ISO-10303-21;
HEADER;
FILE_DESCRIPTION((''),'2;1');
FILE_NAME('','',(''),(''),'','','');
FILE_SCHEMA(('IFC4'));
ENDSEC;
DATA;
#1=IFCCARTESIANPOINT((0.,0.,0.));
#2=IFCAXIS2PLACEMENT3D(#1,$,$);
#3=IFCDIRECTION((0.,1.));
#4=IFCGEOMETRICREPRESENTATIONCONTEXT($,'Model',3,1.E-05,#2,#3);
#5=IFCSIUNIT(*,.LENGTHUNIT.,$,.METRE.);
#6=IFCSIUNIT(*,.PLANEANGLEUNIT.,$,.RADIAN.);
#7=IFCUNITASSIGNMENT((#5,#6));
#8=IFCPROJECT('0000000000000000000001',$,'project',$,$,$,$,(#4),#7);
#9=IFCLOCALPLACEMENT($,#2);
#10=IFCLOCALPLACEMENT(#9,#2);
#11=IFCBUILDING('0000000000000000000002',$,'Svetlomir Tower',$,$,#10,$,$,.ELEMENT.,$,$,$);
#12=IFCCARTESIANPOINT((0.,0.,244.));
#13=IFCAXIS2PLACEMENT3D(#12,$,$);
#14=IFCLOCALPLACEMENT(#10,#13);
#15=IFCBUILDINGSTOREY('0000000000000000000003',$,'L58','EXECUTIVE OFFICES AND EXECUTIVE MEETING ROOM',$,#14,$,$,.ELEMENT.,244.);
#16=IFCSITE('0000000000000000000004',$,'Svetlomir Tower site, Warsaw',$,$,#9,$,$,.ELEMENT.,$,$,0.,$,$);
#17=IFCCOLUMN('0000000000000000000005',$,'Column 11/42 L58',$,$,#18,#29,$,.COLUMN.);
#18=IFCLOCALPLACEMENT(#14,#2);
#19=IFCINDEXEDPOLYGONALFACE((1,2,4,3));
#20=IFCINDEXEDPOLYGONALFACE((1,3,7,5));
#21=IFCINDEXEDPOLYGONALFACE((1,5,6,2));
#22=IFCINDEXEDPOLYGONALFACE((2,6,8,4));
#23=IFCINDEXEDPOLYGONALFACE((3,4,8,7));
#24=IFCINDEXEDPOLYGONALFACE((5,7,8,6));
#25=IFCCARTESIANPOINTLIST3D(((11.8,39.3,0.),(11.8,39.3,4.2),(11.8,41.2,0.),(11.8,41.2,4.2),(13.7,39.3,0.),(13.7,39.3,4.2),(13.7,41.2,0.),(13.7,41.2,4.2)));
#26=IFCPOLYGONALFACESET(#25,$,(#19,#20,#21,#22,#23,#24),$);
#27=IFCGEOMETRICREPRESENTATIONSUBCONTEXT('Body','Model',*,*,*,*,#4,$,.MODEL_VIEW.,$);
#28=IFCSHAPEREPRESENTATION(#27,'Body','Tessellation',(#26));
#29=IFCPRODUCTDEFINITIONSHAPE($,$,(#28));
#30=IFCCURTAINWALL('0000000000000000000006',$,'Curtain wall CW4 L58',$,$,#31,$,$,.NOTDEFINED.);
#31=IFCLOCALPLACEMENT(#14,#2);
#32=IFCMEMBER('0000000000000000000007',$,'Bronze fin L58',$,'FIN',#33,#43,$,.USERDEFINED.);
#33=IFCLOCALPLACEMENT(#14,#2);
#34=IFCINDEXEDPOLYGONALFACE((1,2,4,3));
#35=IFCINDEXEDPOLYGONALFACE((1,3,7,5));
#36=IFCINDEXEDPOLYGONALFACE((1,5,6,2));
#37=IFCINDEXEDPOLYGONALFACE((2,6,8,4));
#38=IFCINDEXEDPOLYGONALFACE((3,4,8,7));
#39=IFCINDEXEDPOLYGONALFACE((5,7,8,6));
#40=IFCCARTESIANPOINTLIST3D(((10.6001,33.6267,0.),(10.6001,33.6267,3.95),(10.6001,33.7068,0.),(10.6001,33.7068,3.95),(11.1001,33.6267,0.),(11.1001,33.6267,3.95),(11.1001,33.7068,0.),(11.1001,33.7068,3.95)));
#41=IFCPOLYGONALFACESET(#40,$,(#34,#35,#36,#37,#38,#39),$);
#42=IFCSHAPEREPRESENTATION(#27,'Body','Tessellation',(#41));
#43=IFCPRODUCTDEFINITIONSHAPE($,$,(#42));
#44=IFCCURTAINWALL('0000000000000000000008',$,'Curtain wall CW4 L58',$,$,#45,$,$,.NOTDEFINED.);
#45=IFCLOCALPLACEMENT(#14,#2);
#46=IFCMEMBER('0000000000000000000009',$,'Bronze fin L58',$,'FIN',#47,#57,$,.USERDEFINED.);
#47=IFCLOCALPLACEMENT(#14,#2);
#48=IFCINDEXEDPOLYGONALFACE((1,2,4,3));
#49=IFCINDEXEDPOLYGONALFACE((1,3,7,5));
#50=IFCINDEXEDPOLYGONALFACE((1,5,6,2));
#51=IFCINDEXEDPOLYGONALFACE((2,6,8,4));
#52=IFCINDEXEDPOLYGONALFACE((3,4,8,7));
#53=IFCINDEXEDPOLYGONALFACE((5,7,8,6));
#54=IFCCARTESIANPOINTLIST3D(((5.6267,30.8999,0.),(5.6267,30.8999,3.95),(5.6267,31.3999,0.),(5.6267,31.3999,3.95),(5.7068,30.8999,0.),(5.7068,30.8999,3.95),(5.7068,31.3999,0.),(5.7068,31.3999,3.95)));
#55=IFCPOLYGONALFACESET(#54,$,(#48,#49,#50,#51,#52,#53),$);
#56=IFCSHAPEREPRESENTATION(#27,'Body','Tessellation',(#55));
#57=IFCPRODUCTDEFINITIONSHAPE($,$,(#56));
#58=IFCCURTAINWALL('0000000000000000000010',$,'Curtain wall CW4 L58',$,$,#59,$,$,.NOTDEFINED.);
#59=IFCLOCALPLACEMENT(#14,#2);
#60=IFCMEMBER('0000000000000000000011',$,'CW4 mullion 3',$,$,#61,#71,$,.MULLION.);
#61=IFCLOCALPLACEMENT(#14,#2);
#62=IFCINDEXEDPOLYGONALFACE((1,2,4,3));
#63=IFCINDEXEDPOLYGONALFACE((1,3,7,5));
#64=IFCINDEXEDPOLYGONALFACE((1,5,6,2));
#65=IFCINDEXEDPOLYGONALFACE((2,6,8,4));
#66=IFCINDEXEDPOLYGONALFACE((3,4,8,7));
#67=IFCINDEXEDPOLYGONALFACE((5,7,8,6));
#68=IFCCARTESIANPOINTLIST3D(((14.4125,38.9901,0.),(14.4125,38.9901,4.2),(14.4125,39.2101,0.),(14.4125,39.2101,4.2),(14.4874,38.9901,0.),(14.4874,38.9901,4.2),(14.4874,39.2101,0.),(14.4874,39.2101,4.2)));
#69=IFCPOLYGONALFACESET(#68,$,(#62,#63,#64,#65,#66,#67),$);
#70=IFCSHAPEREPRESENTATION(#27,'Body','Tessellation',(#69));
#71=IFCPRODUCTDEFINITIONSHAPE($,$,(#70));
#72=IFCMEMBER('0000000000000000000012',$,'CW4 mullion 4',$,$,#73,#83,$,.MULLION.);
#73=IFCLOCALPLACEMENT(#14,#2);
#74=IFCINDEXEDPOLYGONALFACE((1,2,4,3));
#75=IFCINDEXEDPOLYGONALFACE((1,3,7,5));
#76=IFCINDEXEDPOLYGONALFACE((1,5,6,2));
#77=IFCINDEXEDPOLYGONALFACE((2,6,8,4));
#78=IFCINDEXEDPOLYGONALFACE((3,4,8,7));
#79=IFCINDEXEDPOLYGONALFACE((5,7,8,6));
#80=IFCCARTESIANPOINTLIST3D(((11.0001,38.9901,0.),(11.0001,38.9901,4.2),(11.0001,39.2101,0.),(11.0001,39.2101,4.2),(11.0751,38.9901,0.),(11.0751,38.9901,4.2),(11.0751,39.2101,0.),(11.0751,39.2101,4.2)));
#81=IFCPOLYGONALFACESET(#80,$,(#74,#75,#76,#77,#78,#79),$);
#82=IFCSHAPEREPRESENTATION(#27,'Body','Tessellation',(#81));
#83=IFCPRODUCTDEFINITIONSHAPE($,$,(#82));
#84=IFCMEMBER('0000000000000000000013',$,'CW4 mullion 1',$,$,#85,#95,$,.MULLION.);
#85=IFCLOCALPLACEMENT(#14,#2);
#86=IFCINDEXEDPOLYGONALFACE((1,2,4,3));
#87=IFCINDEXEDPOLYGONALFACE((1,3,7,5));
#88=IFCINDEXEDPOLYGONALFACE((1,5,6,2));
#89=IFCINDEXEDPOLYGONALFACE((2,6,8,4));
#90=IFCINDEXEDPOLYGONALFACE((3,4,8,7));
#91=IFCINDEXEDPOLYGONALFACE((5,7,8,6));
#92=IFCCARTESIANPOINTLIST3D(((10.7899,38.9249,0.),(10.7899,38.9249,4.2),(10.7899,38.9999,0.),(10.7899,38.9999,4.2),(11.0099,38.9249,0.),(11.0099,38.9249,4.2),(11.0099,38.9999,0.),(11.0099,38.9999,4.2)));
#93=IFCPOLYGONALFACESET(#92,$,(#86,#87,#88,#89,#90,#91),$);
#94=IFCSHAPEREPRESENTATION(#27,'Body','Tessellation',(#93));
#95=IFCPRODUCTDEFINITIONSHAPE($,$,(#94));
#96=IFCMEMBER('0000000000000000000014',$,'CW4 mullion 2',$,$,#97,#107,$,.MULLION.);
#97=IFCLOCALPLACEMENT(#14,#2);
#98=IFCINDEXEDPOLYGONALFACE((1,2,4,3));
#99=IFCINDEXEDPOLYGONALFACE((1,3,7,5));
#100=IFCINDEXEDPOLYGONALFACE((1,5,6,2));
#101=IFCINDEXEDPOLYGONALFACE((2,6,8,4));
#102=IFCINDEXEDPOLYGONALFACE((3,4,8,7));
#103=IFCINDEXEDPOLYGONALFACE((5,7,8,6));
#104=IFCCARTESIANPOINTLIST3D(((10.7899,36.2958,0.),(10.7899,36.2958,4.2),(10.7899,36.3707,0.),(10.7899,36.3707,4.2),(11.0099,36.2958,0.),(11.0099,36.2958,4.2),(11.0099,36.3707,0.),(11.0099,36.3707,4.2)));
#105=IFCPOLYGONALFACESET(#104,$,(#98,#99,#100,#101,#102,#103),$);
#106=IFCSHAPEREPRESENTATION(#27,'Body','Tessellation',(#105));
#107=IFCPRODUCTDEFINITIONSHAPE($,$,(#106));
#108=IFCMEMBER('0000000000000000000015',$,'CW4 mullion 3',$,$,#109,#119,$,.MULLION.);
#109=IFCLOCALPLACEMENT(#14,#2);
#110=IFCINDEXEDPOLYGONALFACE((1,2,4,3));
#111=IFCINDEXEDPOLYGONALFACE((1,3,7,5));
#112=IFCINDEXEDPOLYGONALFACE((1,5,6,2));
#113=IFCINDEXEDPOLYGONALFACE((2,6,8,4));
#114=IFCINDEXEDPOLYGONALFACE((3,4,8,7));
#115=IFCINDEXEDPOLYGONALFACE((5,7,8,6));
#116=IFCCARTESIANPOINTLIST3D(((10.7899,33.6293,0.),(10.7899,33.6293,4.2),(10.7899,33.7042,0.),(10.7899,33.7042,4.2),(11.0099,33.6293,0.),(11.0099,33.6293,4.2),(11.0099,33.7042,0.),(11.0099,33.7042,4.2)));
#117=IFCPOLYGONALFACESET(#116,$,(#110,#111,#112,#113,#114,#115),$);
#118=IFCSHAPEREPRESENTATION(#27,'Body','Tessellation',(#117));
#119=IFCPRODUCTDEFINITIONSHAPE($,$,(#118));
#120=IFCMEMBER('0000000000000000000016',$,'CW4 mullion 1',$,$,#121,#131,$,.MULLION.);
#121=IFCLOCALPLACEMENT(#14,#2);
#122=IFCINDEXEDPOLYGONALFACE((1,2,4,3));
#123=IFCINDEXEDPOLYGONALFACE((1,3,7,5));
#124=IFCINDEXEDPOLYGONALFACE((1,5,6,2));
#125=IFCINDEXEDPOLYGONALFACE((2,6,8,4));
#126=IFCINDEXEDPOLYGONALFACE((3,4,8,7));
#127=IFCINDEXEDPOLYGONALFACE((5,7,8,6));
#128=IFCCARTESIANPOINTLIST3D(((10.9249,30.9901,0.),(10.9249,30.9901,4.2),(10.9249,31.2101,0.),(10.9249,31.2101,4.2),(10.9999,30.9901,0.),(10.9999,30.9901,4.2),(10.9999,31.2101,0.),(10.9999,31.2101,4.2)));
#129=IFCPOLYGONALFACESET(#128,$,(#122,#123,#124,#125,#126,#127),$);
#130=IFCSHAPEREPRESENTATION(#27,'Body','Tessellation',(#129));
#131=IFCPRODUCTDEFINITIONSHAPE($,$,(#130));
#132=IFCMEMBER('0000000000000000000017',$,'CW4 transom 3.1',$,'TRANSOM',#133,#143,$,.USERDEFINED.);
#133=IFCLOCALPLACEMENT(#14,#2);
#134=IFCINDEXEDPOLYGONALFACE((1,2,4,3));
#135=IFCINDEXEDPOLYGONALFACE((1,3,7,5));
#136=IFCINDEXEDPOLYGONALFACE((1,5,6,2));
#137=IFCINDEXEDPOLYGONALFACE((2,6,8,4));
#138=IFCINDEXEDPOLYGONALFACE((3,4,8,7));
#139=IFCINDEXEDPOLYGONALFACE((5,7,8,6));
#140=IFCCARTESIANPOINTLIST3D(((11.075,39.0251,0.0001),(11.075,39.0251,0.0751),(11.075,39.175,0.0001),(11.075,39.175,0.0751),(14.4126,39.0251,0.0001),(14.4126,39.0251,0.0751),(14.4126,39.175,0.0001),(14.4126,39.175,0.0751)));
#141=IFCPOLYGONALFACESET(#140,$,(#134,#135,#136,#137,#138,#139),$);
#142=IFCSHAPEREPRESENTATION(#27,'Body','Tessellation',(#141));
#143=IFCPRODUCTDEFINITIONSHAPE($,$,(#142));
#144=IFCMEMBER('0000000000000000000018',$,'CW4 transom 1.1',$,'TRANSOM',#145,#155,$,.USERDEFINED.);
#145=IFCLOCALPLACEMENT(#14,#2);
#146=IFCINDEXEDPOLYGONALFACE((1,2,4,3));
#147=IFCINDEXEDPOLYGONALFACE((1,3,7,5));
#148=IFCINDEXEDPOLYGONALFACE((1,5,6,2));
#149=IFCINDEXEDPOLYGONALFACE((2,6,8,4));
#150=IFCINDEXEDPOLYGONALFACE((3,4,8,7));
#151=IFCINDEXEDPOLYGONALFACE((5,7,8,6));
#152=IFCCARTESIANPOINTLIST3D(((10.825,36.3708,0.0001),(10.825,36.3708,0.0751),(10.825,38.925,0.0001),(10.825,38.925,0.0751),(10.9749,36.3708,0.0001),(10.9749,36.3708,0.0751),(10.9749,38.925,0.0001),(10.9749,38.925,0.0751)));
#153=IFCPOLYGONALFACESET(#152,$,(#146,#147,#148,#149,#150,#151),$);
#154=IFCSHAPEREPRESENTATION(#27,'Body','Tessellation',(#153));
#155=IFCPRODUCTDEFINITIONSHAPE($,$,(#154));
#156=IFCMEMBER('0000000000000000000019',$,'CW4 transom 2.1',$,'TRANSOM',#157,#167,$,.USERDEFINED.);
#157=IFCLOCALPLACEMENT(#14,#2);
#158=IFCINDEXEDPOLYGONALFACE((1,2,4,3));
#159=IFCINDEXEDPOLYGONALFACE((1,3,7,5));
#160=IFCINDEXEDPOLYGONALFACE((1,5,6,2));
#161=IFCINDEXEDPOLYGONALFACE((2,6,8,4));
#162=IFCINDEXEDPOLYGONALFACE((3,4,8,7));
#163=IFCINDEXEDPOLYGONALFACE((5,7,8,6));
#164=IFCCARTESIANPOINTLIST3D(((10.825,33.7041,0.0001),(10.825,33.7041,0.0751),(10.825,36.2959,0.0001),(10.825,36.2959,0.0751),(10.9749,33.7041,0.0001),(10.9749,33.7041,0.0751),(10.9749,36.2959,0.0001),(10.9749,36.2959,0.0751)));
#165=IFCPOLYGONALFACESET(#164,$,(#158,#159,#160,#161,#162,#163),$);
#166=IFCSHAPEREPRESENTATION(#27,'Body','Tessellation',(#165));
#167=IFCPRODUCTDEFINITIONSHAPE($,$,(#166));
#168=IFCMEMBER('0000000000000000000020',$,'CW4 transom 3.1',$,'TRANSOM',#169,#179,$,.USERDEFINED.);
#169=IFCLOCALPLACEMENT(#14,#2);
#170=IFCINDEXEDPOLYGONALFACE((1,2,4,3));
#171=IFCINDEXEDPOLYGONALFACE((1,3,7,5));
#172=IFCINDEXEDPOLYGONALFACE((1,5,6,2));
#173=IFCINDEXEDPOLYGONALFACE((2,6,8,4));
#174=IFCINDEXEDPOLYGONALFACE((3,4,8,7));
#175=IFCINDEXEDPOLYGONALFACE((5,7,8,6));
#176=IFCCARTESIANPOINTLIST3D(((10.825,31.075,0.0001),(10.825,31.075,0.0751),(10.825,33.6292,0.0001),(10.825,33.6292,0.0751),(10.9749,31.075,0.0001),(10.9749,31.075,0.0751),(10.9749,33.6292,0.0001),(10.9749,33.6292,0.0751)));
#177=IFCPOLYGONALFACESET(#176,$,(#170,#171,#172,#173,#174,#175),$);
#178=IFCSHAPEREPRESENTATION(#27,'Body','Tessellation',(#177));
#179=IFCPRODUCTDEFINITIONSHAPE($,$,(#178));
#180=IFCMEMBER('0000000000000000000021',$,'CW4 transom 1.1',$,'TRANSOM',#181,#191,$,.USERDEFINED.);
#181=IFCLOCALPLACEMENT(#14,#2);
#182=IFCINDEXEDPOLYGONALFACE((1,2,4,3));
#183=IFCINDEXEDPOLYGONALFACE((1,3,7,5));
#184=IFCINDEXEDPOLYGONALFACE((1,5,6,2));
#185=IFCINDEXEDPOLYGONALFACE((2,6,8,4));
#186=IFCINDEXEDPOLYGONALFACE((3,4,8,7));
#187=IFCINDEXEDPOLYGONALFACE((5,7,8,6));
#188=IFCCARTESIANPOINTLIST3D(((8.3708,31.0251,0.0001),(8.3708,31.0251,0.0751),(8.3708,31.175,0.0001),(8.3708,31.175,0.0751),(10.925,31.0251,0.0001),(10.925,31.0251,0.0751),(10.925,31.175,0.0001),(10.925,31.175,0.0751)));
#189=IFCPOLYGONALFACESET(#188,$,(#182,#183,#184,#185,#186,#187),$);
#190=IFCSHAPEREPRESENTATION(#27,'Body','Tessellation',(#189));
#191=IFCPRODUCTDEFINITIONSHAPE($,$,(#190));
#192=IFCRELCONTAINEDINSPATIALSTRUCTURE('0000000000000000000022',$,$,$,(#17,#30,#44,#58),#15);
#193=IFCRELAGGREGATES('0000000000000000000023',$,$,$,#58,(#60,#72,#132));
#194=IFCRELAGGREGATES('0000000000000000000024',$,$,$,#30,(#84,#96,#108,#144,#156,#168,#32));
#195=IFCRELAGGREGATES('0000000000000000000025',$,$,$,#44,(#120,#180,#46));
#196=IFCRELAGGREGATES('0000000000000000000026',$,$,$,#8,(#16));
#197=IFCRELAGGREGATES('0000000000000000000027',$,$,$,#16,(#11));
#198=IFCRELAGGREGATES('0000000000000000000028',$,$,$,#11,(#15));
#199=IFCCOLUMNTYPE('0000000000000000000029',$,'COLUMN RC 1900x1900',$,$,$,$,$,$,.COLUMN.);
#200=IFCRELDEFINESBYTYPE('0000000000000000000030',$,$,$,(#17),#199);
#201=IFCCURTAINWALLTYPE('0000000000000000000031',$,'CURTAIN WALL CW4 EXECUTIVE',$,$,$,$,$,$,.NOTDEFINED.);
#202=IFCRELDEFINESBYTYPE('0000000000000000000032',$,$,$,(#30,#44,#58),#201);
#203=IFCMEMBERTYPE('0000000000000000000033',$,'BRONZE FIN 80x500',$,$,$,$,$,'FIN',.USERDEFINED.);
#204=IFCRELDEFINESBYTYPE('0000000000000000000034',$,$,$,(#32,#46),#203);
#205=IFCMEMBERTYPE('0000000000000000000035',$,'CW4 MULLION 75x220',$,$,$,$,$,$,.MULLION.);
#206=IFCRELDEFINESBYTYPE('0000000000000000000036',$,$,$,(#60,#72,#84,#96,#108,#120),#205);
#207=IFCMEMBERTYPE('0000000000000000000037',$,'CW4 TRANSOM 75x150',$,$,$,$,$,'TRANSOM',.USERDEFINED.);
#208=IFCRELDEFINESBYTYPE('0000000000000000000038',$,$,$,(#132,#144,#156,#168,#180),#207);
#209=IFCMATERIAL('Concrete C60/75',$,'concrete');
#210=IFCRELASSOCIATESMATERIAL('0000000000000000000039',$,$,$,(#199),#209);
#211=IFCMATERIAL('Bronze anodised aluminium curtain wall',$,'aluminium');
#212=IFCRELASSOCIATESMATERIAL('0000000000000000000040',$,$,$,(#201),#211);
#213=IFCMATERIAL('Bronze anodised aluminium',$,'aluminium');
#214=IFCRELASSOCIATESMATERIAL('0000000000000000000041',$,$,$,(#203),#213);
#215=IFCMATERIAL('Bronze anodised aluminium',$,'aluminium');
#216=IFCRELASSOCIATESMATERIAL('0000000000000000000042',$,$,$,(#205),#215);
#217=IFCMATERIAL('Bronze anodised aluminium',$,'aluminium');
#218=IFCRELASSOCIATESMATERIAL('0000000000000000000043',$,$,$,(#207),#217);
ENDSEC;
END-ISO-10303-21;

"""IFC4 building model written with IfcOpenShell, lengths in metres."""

from ifc_helpers import new_model, si_unit, direction, frame, origin, origin_2d, place, context, subcontext, project, spatial, rectangle, extrude, material, material_profile, profile_set, type_object, element, aggregate, save


model = new_model("IFC4")

# Units and contexts
model_context = context("Model", 3, precision=1e-05, world=origin(), true_north=direction((0.0, 1.0)))
body_context = subcontext(model_context, "Body", "Model", "MODEL_VIEW")
ifc_project = project(units=[si_unit("LENGTHUNIT", "METRE"), si_unit("PLANEANGLEUNIT", "RADIAN")], contexts=[model_context])

# Site, building, storey
site_placement = place(None, origin())
site = spatial("IfcSite", under=ifc_project, at=site_placement, Name="Svetlomir Tower site, Warsaw", CompositionType="ELEMENT", RefElevation=0.0)
building_placement = place(site_placement, origin())
building = spatial("IfcBuilding", under=site, at=building_placement, Name="Svetlomir Tower", CompositionType="ELEMENT")
storey_placement = place(building_placement, frame((0.0, 0.0, 244.0)))
storey = spatial("IfcBuildingStorey", under=building, at=storey_placement, Name="L58", Description="EXECUTIVE OFFICES AND EXECUTIVE MEETING ROOM", CompositionType="ELEMENT", Elevation=244.0)

# Column
ifc_material_1 = material(Name="Concrete C60/75", Category="concrete")
ifc_material_profile_1 = material_profile(ifc_material_1, rectangle(XDim=1.8999, YDim=1.8999, at=origin_2d()), Name="RC 1900x1900")
ifc_profile_set_1 = profile_set([ifc_material_profile_1], Name="Concrete C60/75")
column_type = type_object("IfcColumnType", Name="COLUMN RC 1900x1900", PredefinedType="COLUMN", material=ifc_profile_set_1)
column_placement = place(storey_placement, frame((12.75, 40.25, 0.0), z_axis=(0.0, 0.0, 1.0), x_axis=(1.0, 0.0, 0.0)))
element("IfcColumn", 1, at=column_placement, inside=storey, type_object=column_type, Name="Column 11/42 L58", PredefinedType="COLUMN", context=body_context, shape_type="SweptSolid", body=[
    extrude(rectangle(XDim=1.8999, YDim=1.8999, at=origin_2d()), origin(), (0.0, 0.0, 1.0), 4.2),
])

# Curtain walls, members
ifc_material_2 = material(Name="Bronze anodised aluminium curtain wall", Category="aluminium")
curtain_wall_type = type_object("IfcCurtainWallType", Name="CURTAIN WALL CW4 EXECUTIVE", PredefinedType="NOTDEFINED", material=ifc_material_2)
curtain_wall_1_placement = place(storey_placement, origin())
curtain_wall_1 = element("IfcCurtainWall", 2, at=curtain_wall_1_placement, inside=storey, type_object=curtain_wall_type, Name="Curtain wall CW4 L58", PredefinedType="NOTDEFINED")
ifc_material_3 = material(Name="Bronze anodised aluminium", Category="aluminium")
ifc_material_profile_2 = material_profile(ifc_material_3, rectangle(XDim=0.0801, YDim=0.5, at=origin_2d()), Name="FIN 80x500")
ifc_profile_set_2 = profile_set([ifc_material_profile_2], Name="Bronze anodised aluminium 6063-T6")
member_type_1 = type_object("IfcMemberType", Name="BRONZE FIN 80x500", ElementType="FIN", PredefinedType="USERDEFINED", material=ifc_profile_set_2)
member_1_placement = place(storey_placement, frame((10.8501, 33.6667, 0.0), z_axis=(0.0, 0.0, 1.0), x_axis=(0.0, 1.0, 0.0)))
member_1 = element("IfcMember", 3, at=member_1_placement, type_object=member_type_1, Name="Bronze fin L58", ObjectType="FIN", PredefinedType="USERDEFINED", context=body_context, shape_type="SweptSolid", body=[
    extrude(rectangle(XDim=0.0801, YDim=0.5, at=origin_2d()), origin(), (0.0, 0.0, 1.0), 3.95),
])
curtain_wall_2_placement = place(storey_placement, origin())
curtain_wall_2 = element("IfcCurtainWall", 4, at=curtain_wall_2_placement, inside=storey, type_object=curtain_wall_type, Name="Curtain wall CW4 L58", PredefinedType="NOTDEFINED")
member_2_placement = place(storey_placement, frame((5.6667, 31.1499, 0.0), z_axis=(0.0, 0.0, 1.0), x_axis=(1.0, 0.0, 0.0)))
member_2 = element("IfcMember", 5, at=member_2_placement, type_object=member_type_1, Name="Bronze fin L58", ObjectType="FIN", PredefinedType="USERDEFINED", context=body_context, shape_type="SweptSolid", body=[
    extrude(rectangle(XDim=0.0801, YDim=0.5, at=origin_2d()), origin(), (0.0, 0.0, 1.0), 3.95),
])

# Curtain wall, members
curtain_wall_3_placement = place(storey_placement, origin())
curtain_wall_3 = element("IfcCurtainWall", 6, at=curtain_wall_3_placement, inside=storey, type_object=curtain_wall_type, Name="Curtain wall CW4 L58", PredefinedType="NOTDEFINED")
ifc_material_4 = material(Name="Bronze anodised aluminium", Category="aluminium")
ifc_material_profile_3 = material_profile(ifc_material_4, rectangle(XDim=0.075, YDim=0.22, at=origin_2d()), Name="AL 75x220")
ifc_profile_set_3 = profile_set([ifc_material_profile_3], Name="Bronze anodised aluminium 6063-T6")
member_type_2 = type_object("IfcMemberType", Name="CW4 MULLION 75x220", PredefinedType="MULLION", material=ifc_profile_set_3)
member_3_placement = place(storey_placement, frame((14.45, 39.1001, 0.0), z_axis=(0.0, 0.0, 1.0), x_axis=(-1.0, 0.0, 0.0)))
member_3 = element("IfcMember", 7, at=member_3_placement, type_object=member_type_2, Name="CW4 mullion 3", PredefinedType="MULLION", context=body_context, shape_type="SweptSolid", body=[
    extrude(rectangle(XDim=0.075, YDim=0.22, at=origin_2d()), origin(), (0.0, 0.0, 1.0), 4.2),
])
member_4_placement = place(storey_placement, frame((11.0376, 39.1001, 0.0), z_axis=(0.0, 0.0, 1.0), x_axis=(-1.0, 0.0, 0.0)))
member_4 = element("IfcMember", 8, at=member_4_placement, type_object=member_type_2, Name="CW4 mullion 4", PredefinedType="MULLION", context=body_context, shape_type="SweptSolid", body=[
    extrude(rectangle(XDim=0.075, YDim=0.22, at=origin_2d()), origin(), (0.0, 0.0, 1.0), 4.2),
])

# Members
member_5_placement = place(storey_placement, frame((10.8999, 38.9624, 0.0), z_axis=(0.0, 0.0, 1.0), x_axis=(0.0, -1.0, 0.0)))
member_5 = element("IfcMember", 9, at=member_5_placement, type_object=member_type_2, Name="CW4 mullion 1", PredefinedType="MULLION", context=body_context, shape_type="SweptSolid", body=[
    extrude(rectangle(XDim=0.075, YDim=0.22, at=origin_2d()), origin(), (0.0, 0.0, 1.0), 4.2),
])
member_6_placement = place(storey_placement, frame((10.8999, 36.3333, 0.0), z_axis=(0.0, 0.0, 1.0), x_axis=(0.0, -1.0, 0.0)))
member_6 = element("IfcMember", 10, at=member_6_placement, type_object=member_type_2, Name="CW4 mullion 2", PredefinedType="MULLION", context=body_context, shape_type="SweptSolid", body=[
    extrude(rectangle(XDim=0.075, YDim=0.22, at=origin_2d()), origin(), (0.0, 0.0, 1.0), 4.2),
])
member_7_placement = place(storey_placement, frame((10.8999, 33.6667, 0.0), z_axis=(0.0, 0.0, 1.0), x_axis=(0.0, -1.0, 0.0)))
member_7 = element("IfcMember", 11, at=member_7_placement, type_object=member_type_2, Name="CW4 mullion 3", PredefinedType="MULLION", context=body_context, shape_type="SweptSolid", body=[
    extrude(rectangle(XDim=0.075, YDim=0.22, at=origin_2d()), origin(), (0.0, 0.0, 1.0), 4.2),
])
member_8_placement = place(storey_placement, frame((10.9624, 31.1001, 0.0), z_axis=(0.0, 0.0, 1.0), x_axis=(-1.0, 0.0, 0.0)))
member_8 = element("IfcMember", 12, at=member_8_placement, type_object=member_type_2, Name="CW4 mullion 1", PredefinedType="MULLION", context=body_context, shape_type="SweptSolid", body=[
    extrude(rectangle(XDim=0.075, YDim=0.22, at=origin_2d()), origin(), (0.0, 0.0, 1.0), 4.2),
])
ifc_material_5 = material(Name="Bronze anodised aluminium", Category="aluminium")
ifc_material_profile_4 = material_profile(ifc_material_5, rectangle(XDim=0.1499, YDim=0.075, at=origin_2d()), Name="AL 150x75")
ifc_profile_set_4 = profile_set([ifc_material_profile_4], Name="Bronze anodised aluminium 6063-T6")
member_type_3 = type_object("IfcMemberType", Name="CW4 TRANSOM 75x150", ElementType="TRANSOM", PredefinedType="USERDEFINED", material=ifc_profile_set_4)
member_9_placement = place(storey_placement, frame((14.4126, 39.1001, 0.0376), z_axis=(-1.0, 0.0, 0.0), x_axis=(0.0, -1.0, 0.0)))
member_9 = element("IfcMember", 13, at=member_9_placement, type_object=member_type_3, Name="CW4 transom 3.1", ObjectType="TRANSOM", PredefinedType="USERDEFINED", context=body_context, shape_type="SweptSolid", body=[
    extrude(rectangle(XDim=0.1499, YDim=0.075, at=origin_2d()), origin(), (0.0, 0.0, 1.0), 3.3376),
])
member_10_placement = place(storey_placement, frame((10.8999, 38.925, 0.0376), z_axis=(0.0, -1.0, 0.0), x_axis=(1.0, 0.0, 0.0)))
member_10 = element("IfcMember", 14, at=member_10_placement, type_object=member_type_3, Name="CW4 transom 1.1", ObjectType="TRANSOM", PredefinedType="USERDEFINED", context=body_context, shape_type="SweptSolid", body=[
    extrude(rectangle(XDim=0.1499, YDim=0.075, at=origin_2d()), origin(), (0.0, 0.0, 1.0), 2.5542),
])
member_11_placement = place(storey_placement, frame((10.8999, 36.2959, 0.0376), z_axis=(0.0, -1.0, 0.0), x_axis=(1.0, 0.0, 0.0)))
member_11 = element("IfcMember", 15, at=member_11_placement, type_object=member_type_3, Name="CW4 transom 2.1", ObjectType="TRANSOM", PredefinedType="USERDEFINED", context=body_context, shape_type="SweptSolid", body=[
    extrude(rectangle(XDim=0.1499, YDim=0.075, at=origin_2d()), origin(), (0.0, 0.0, 1.0), 2.5918),
])
member_12_placement = place(storey_placement, frame((10.8999, 33.6292, 0.0376), z_axis=(0.0, -1.0, 0.0), x_axis=(1.0, 0.0, 0.0)))
member_12 = element("IfcMember", 16, at=member_12_placement, type_object=member_type_3, Name="CW4 transom 3.1", ObjectType="TRANSOM", PredefinedType="USERDEFINED", context=body_context, shape_type="SweptSolid", body=[
    extrude(rectangle(XDim=0.1499, YDim=0.075, at=origin_2d()), origin(), (0.0, 0.0, 1.0), 2.5542),
])
member_13_placement = place(storey_placement, frame((10.925, 31.1001, 0.0376), z_axis=(-1.0, 0.0, 0.0), x_axis=(0.0, -1.0, 0.0)))
member_13 = element("IfcMember", 17, at=member_13_placement, type_object=member_type_3, Name="CW4 transom 1.1", ObjectType="TRANSOM", PredefinedType="USERDEFINED", context=body_context, shape_type="SweptSolid", body=[
    extrude(rectangle(XDim=0.1499, YDim=0.075, at=origin_2d()), origin(), (0.0, 0.0, 1.0), 2.5542),
])

aggregate(curtain_wall_3, [member_3, member_4, member_9])
aggregate(curtain_wall_1, [member_5, member_6, member_7, member_10, member_11, member_12, member_1])
aggregate(curtain_wall_2, [member_8, member_13, member_2])

save(model, "model.ifc")
